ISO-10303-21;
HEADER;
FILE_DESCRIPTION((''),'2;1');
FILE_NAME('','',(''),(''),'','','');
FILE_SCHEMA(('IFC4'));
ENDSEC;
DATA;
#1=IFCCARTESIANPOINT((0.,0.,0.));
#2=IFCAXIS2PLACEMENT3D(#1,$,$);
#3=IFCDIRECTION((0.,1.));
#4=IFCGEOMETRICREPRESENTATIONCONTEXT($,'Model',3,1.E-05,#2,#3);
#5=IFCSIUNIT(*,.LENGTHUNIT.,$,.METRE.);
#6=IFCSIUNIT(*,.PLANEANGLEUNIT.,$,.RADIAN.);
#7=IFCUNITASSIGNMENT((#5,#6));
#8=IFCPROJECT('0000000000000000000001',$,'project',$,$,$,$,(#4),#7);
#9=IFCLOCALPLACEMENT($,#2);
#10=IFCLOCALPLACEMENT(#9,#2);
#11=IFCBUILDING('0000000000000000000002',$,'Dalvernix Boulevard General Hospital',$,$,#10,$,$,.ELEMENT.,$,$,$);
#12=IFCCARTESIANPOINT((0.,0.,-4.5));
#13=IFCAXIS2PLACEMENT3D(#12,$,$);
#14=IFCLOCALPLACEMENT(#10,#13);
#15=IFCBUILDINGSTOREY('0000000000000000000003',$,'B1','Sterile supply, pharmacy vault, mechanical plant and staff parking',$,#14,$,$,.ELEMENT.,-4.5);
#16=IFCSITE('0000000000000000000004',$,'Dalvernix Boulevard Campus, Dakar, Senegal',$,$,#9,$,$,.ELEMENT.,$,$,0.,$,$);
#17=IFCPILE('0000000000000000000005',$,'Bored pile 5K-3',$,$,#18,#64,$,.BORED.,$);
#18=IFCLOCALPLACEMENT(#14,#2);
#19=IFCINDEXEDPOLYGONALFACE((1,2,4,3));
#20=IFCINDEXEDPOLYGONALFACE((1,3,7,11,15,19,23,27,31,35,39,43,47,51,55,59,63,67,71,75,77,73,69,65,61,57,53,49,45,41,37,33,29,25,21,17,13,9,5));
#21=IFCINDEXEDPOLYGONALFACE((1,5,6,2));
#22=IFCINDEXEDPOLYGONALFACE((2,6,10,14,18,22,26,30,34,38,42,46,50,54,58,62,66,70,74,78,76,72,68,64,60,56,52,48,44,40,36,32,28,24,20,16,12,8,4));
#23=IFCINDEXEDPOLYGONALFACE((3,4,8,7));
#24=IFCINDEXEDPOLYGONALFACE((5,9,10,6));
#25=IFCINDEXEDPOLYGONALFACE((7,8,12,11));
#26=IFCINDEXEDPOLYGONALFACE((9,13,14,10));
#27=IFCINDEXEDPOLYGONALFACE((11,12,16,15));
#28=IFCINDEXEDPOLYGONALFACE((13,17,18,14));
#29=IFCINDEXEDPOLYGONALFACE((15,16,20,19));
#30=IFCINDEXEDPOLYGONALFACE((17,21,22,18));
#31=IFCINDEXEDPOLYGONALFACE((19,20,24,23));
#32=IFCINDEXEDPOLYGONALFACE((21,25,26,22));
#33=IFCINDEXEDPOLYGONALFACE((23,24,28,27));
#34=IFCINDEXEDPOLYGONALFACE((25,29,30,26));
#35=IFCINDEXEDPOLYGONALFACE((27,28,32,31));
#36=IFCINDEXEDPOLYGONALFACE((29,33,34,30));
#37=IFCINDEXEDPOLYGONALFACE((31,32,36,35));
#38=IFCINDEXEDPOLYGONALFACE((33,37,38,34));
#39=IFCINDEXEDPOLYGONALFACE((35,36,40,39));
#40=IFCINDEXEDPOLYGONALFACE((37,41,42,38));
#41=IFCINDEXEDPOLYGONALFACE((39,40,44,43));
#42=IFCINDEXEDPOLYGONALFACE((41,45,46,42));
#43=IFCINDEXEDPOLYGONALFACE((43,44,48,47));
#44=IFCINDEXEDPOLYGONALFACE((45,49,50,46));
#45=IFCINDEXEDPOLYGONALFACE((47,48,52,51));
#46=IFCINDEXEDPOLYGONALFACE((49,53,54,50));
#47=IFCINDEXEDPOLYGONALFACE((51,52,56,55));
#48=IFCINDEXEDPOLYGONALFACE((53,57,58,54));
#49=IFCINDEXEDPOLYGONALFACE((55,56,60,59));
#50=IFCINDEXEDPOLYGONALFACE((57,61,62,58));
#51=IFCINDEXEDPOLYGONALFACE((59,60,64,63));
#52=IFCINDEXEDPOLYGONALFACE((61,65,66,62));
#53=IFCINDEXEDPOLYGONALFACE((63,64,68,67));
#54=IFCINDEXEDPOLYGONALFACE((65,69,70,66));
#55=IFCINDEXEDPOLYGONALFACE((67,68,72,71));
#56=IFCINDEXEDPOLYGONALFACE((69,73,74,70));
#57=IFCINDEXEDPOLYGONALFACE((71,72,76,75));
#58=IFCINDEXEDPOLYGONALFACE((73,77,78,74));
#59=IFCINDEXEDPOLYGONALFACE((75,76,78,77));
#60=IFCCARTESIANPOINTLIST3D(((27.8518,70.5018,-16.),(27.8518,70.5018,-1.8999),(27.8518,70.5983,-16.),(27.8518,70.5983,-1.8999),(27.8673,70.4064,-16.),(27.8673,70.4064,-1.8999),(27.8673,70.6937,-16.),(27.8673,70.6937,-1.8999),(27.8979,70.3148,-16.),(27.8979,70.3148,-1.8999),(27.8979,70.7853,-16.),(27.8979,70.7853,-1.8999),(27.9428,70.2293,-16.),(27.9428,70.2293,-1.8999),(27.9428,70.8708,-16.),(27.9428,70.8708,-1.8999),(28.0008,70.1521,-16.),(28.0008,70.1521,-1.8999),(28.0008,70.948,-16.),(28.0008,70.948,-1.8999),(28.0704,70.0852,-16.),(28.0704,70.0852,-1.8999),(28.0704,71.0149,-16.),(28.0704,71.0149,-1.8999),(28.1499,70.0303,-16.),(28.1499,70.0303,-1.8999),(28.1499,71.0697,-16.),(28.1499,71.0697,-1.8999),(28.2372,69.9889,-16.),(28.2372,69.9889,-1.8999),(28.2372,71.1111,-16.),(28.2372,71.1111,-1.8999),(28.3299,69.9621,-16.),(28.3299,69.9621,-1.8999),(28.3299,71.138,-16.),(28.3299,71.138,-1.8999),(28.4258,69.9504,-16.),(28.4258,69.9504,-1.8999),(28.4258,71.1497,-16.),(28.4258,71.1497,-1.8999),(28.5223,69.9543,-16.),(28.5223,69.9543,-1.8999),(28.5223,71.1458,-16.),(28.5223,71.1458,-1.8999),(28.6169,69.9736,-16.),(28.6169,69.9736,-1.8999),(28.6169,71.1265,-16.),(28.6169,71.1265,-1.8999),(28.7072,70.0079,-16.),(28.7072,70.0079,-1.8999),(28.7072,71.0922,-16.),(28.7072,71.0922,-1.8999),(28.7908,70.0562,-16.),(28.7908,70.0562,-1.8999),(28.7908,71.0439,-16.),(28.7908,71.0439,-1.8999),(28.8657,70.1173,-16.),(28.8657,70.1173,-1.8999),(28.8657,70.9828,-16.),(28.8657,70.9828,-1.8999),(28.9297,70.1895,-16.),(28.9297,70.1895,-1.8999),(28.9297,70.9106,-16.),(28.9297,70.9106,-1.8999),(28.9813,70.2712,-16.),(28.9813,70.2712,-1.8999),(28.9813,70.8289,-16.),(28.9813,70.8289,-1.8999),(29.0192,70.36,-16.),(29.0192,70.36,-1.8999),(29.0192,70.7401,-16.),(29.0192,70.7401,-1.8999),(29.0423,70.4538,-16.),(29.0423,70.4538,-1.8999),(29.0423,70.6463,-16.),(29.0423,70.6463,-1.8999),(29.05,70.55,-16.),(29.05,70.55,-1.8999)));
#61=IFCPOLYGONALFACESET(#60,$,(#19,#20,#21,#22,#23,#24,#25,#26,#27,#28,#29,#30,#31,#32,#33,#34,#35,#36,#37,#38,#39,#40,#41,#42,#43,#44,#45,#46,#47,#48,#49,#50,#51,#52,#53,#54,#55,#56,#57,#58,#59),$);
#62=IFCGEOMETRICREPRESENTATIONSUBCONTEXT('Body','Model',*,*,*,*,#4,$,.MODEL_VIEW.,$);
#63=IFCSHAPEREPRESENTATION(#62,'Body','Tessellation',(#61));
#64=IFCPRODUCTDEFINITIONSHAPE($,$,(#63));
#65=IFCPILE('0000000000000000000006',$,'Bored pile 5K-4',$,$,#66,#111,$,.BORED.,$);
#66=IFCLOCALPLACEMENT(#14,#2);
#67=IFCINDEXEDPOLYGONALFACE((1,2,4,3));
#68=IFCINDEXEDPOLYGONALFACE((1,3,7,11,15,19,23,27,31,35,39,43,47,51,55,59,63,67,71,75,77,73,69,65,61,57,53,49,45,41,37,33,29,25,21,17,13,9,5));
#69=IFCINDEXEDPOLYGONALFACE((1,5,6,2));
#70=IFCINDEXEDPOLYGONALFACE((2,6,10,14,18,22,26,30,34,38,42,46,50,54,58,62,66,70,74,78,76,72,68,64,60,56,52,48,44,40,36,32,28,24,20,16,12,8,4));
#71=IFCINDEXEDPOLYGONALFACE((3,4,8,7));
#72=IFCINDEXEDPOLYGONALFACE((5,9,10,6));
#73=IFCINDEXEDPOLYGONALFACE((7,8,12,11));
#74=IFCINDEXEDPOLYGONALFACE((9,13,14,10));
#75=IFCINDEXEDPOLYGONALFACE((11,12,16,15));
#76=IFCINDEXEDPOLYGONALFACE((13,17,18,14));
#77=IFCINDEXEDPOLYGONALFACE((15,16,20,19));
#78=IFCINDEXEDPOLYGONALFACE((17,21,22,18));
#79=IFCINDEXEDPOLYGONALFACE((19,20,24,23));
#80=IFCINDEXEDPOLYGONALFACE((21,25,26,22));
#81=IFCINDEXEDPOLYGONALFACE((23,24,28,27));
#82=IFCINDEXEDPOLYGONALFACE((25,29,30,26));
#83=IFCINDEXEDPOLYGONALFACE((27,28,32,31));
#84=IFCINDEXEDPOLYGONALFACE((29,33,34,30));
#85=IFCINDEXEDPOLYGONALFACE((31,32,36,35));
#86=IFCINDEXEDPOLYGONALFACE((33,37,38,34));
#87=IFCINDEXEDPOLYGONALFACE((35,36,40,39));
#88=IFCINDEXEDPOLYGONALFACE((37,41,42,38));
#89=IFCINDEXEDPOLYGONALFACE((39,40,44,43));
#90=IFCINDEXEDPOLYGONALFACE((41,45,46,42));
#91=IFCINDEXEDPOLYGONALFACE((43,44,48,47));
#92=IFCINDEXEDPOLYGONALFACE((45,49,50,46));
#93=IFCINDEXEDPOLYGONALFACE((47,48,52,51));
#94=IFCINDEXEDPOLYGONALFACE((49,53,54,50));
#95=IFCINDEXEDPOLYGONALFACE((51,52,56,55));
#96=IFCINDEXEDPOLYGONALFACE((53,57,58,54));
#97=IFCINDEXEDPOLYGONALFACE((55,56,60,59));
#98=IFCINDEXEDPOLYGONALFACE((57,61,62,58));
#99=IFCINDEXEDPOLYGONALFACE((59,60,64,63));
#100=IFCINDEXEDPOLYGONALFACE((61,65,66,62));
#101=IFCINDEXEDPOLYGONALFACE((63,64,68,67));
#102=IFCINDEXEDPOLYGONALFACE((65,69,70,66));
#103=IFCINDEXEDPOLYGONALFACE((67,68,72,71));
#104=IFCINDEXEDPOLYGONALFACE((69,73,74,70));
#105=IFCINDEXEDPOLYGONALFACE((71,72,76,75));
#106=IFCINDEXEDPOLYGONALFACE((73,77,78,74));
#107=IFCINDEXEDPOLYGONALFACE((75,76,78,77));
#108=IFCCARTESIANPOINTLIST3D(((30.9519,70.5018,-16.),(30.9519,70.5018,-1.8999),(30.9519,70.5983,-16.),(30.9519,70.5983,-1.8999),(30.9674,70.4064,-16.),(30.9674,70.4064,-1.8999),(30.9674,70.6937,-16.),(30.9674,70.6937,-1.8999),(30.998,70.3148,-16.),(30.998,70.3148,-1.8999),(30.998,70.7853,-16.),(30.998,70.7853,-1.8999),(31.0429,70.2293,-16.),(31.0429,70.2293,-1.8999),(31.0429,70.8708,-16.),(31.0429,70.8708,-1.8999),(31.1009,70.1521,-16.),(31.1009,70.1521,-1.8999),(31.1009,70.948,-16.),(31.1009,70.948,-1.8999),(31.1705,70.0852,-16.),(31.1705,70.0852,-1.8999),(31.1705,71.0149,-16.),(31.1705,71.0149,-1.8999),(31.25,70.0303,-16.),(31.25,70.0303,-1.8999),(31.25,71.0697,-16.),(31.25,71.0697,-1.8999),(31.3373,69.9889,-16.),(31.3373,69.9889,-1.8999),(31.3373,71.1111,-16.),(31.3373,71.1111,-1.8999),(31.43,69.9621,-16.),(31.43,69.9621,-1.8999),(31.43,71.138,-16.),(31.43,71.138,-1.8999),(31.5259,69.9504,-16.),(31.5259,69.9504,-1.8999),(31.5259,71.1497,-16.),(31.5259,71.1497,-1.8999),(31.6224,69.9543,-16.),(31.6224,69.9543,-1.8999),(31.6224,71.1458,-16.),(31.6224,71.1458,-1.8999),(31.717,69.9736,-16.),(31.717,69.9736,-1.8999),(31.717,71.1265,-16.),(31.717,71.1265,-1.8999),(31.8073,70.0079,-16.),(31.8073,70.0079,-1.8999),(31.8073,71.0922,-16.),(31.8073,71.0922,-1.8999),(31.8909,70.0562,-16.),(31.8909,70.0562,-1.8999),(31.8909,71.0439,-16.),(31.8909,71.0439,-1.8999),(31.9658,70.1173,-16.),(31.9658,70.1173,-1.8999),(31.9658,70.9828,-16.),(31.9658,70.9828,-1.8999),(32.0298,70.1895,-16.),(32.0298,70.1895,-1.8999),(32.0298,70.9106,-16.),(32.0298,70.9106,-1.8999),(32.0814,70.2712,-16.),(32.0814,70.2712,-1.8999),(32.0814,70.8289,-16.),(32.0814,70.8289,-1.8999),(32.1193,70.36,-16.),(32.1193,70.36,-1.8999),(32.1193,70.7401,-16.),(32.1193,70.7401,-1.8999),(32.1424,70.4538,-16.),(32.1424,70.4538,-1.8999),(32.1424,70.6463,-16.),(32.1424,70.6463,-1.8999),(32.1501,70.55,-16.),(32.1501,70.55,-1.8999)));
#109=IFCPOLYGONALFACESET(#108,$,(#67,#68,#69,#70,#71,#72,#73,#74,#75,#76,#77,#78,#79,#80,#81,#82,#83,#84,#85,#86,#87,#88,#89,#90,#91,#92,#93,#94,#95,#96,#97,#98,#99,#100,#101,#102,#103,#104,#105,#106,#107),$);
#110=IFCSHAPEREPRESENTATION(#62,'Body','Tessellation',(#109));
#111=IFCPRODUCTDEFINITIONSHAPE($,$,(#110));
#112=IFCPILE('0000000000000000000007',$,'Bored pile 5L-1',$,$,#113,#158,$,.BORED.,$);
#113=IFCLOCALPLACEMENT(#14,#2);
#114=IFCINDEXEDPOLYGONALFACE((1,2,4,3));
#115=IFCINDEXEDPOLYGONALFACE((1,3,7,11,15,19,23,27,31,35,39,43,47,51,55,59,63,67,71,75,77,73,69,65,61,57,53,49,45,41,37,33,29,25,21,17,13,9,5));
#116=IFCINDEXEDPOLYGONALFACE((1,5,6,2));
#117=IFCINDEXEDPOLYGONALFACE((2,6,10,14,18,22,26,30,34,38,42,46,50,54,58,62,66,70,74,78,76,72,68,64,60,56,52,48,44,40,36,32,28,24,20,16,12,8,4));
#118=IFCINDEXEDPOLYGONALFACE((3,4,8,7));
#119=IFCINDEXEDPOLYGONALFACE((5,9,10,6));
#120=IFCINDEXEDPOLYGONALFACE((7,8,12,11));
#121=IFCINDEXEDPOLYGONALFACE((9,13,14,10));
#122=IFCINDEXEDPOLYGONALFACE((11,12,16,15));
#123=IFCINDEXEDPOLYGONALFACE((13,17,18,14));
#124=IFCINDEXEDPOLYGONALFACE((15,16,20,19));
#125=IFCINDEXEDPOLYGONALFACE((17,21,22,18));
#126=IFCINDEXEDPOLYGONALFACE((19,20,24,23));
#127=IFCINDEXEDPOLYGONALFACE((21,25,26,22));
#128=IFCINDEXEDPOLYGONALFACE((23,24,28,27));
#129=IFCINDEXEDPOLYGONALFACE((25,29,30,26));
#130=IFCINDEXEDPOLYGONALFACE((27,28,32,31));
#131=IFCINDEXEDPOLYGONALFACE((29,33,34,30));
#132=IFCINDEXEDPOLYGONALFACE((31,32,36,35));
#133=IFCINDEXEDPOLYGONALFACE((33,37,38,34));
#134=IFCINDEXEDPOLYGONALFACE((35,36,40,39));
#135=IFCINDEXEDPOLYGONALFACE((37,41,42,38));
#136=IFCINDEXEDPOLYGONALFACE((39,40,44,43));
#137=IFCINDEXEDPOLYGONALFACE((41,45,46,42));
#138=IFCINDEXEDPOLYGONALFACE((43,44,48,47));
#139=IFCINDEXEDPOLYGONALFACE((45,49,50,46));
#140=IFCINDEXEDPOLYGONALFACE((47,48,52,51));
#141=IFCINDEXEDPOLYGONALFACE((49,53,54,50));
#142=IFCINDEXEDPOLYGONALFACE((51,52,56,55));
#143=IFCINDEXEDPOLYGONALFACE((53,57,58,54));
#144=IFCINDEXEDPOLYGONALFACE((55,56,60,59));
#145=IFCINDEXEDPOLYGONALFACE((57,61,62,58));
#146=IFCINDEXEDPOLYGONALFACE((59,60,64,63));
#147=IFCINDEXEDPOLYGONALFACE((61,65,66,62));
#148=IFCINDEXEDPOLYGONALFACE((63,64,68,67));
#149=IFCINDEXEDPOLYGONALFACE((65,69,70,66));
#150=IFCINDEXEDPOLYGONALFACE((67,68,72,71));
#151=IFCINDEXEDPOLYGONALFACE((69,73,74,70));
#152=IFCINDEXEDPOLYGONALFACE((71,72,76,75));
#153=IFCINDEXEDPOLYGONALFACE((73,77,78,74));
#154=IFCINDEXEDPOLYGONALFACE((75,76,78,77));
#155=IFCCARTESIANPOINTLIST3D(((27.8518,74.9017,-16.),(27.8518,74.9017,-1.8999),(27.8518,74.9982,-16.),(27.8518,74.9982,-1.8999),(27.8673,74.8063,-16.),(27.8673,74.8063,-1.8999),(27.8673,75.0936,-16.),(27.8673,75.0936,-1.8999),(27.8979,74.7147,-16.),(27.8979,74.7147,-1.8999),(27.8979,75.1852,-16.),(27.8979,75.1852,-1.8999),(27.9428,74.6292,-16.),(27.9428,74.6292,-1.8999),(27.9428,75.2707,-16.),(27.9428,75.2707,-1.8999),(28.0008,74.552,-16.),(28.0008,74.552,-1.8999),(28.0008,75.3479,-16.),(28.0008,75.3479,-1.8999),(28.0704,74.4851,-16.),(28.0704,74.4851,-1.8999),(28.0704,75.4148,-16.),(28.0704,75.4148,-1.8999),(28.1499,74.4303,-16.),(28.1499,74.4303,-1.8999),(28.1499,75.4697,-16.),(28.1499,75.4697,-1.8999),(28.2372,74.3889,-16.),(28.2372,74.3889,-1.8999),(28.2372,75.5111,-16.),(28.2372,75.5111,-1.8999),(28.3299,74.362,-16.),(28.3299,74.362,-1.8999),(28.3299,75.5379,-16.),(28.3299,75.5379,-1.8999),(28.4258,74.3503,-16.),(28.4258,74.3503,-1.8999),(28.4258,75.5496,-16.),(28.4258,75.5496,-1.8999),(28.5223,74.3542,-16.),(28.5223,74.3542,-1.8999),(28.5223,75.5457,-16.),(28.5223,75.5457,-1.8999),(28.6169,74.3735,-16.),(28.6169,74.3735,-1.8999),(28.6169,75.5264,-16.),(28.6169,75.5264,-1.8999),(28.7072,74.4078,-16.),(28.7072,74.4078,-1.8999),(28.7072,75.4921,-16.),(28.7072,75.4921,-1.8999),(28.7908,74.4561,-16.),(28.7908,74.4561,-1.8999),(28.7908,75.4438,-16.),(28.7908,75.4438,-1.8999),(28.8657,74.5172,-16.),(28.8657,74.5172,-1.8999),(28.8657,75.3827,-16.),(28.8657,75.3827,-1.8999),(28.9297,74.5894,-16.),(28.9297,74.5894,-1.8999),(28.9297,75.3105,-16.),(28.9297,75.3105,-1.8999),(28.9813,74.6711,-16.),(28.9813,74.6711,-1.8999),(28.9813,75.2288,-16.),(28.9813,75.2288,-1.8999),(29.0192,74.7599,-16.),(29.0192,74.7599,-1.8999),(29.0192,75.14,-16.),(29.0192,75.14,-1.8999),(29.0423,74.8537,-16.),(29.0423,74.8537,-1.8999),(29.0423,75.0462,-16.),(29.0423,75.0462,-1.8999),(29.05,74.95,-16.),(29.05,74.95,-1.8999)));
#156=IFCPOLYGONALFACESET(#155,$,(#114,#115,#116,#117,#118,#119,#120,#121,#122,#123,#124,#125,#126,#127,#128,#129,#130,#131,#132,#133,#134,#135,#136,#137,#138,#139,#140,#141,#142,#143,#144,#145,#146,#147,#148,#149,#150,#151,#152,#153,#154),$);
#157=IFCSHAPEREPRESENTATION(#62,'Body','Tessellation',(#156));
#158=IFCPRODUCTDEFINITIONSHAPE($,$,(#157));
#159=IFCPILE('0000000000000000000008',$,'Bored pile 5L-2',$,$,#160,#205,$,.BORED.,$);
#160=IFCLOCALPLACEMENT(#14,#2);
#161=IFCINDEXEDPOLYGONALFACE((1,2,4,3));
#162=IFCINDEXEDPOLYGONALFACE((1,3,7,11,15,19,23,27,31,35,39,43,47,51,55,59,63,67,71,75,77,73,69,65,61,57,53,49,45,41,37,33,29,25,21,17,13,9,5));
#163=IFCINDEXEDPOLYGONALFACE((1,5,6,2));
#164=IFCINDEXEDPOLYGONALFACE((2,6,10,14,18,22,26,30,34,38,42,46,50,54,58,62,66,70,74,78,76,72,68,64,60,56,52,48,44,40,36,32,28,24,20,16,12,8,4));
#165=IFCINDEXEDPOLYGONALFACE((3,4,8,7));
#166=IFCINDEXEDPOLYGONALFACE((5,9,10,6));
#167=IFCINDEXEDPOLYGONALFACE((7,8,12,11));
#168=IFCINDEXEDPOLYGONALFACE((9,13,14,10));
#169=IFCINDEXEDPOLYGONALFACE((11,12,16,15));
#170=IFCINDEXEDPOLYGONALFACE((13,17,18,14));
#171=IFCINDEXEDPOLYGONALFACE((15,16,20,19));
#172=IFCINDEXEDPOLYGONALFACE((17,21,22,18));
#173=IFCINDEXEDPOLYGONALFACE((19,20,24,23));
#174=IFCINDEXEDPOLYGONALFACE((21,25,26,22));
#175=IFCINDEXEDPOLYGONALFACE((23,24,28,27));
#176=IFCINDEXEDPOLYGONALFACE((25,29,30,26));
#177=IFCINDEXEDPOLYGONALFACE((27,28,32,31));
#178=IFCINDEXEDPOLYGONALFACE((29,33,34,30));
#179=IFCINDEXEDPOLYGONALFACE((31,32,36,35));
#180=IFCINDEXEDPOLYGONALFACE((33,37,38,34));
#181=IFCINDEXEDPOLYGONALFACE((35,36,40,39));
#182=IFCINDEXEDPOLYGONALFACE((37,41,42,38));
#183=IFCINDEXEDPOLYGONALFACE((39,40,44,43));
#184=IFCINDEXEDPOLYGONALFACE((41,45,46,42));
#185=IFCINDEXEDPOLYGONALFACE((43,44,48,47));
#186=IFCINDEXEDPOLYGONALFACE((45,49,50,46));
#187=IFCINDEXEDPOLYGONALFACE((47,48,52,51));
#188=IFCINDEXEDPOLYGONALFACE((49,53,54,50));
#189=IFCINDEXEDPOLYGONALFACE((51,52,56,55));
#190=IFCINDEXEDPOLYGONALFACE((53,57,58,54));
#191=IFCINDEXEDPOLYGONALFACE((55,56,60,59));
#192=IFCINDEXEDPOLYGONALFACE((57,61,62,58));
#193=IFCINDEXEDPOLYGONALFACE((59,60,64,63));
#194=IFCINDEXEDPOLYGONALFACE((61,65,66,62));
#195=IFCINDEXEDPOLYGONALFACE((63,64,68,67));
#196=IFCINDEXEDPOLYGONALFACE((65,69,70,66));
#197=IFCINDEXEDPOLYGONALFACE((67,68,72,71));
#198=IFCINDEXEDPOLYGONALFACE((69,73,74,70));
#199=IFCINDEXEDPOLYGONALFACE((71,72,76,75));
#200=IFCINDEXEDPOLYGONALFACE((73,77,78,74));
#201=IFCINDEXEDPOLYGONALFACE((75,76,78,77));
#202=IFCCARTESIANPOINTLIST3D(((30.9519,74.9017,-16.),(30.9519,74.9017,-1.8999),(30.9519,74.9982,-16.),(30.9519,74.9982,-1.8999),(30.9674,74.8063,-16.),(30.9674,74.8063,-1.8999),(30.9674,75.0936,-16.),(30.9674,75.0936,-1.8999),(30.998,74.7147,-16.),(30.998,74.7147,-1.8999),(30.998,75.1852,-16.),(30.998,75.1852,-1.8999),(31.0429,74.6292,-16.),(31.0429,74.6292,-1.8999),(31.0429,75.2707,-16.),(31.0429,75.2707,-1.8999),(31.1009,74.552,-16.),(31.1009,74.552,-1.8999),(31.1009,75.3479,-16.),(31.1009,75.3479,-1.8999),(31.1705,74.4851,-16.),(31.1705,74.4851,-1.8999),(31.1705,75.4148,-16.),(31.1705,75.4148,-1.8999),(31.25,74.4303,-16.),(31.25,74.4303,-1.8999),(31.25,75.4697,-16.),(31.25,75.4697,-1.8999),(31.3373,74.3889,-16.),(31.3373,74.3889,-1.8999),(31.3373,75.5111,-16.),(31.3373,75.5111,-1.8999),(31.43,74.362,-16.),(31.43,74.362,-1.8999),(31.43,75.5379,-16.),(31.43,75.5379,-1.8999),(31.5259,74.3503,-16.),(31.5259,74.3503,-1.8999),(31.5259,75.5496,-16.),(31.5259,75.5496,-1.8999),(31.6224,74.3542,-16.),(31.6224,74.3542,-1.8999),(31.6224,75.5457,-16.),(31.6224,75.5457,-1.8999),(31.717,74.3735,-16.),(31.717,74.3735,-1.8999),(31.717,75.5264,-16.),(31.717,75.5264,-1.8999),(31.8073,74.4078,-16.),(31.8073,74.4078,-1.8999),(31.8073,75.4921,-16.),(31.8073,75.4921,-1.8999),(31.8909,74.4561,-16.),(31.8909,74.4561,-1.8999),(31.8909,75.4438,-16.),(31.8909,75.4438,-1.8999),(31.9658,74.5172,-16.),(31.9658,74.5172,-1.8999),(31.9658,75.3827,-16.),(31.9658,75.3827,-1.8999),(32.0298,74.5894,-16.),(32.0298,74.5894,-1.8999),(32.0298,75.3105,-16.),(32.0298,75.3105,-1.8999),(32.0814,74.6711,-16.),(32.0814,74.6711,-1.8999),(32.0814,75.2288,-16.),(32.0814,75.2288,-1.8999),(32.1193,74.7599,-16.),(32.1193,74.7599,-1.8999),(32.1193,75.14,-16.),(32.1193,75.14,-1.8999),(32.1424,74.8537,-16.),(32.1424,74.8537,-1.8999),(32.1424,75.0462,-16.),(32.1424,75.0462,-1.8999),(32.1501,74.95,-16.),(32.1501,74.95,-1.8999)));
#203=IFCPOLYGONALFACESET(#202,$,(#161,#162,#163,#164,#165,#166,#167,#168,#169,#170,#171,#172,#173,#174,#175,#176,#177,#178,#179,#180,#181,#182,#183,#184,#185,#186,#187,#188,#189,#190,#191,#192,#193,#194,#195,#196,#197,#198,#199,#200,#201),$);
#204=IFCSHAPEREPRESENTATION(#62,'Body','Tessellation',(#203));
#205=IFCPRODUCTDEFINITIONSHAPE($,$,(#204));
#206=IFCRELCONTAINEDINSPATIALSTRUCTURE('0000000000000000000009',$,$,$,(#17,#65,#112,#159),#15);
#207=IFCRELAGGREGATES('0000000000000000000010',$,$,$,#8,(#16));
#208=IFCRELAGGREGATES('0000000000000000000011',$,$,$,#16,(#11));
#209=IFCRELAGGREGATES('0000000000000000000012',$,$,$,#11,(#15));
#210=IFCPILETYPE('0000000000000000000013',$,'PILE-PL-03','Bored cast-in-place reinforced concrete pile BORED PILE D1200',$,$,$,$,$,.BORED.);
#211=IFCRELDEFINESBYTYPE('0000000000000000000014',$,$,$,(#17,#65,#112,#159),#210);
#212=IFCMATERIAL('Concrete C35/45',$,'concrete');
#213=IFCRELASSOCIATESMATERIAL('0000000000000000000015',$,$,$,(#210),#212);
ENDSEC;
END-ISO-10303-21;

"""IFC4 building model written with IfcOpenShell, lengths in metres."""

from ifc_helpers import new_model, si_unit, direction, frame, origin, origin_2d, place, context, subcontext, project, spatial, circle, extrude, material, material_profile, profile_set, type_object, element, save


model = new_model("IFC4")

# Units and contexts
model_context = context("Model", 3, precision=1e-05, world=origin(), true_north=direction((0.0, 1.0)))
body_context = subcontext(model_context, "Body", "Model", "MODEL_VIEW")
ifc_project = project(units=[si_unit("LENGTHUNIT", "METRE"), si_unit("PLANEANGLEUNIT", "RADIAN")], contexts=[model_context])

# Site, building, storey
site_placement = place(None, origin())
site = spatial("IfcSite", under=ifc_project, at=site_placement, Name="Dalvernix Boulevard Campus, Dakar, Senegal", CompositionType="ELEMENT", RefElevation=0.0)
building_placement = place(site_placement, origin())
building = spatial("IfcBuilding", under=site, at=building_placement, Name="Dalvernix Boulevard General Hospital", CompositionType="ELEMENT")
storey_placement = place(building_placement, frame((0.0, 0.0, -4.5)))
storey = spatial("IfcBuildingStorey", under=building, at=storey_placement, Name="B1", Description="Sterile supply, pharmacy vault, mechanical plant and staff parking", CompositionType="ELEMENT", Elevation=-4.5)

# Shared definitions
ifc_material_1 = material(Name="Concrete C35/45", Category="concrete")

# Piles
ifc_material_profile_1 = material_profile(ifc_material_1, circle(Radius=0.6001, at=origin_2d()), Name="BORED PILE D1200")
ifc_profile_set_1 = profile_set([ifc_material_profile_1], Name="Concrete C35/45")
pile_type_1 = type_object("IfcPileType", Name="PILE-PL-03", Description="Bored cast-in-place reinforced concrete pile BORED PILE D1200", PredefinedType="BORED", material=ifc_profile_set_1)
for number, where, z_axis, x_axis, name in (
    (1, (28.45, 70.55, -1.8999), (0.0, 0.0, -1.0), (1.0, 0.0, 0.0), "Bored pile 5K-3"),
    (2, (31.55, 70.55, -1.8999), (0.0, 0.0, -1.0), (1.0, 0.0, 0.0), "Bored pile 5K-4"),
    (3, (28.45, 74.95, -1.8999), (0.0, 0.0, -1.0), (1.0, 0.0, 0.0), "Bored pile 5L-1"),
    (4, (31.55, 74.95, -1.8999), (0.0, 0.0, -1.0), (1.0, 0.0, 0.0), "Bored pile 5L-2"),
):
    element("IfcPile", number, at=place(storey_placement, frame(where, z_axis=z_axis, x_axis=x_axis)), inside=storey, type_object=pile_type_1, Name=name, PredefinedType="BORED", context=body_context, shape_type="SweptSolid", body=[
        extrude(circle(Radius=0.6001, at=origin_2d()), origin(), (0.0, 0.0, 1.0), 14.1001),
    ])

save(model, "model.ifc")
